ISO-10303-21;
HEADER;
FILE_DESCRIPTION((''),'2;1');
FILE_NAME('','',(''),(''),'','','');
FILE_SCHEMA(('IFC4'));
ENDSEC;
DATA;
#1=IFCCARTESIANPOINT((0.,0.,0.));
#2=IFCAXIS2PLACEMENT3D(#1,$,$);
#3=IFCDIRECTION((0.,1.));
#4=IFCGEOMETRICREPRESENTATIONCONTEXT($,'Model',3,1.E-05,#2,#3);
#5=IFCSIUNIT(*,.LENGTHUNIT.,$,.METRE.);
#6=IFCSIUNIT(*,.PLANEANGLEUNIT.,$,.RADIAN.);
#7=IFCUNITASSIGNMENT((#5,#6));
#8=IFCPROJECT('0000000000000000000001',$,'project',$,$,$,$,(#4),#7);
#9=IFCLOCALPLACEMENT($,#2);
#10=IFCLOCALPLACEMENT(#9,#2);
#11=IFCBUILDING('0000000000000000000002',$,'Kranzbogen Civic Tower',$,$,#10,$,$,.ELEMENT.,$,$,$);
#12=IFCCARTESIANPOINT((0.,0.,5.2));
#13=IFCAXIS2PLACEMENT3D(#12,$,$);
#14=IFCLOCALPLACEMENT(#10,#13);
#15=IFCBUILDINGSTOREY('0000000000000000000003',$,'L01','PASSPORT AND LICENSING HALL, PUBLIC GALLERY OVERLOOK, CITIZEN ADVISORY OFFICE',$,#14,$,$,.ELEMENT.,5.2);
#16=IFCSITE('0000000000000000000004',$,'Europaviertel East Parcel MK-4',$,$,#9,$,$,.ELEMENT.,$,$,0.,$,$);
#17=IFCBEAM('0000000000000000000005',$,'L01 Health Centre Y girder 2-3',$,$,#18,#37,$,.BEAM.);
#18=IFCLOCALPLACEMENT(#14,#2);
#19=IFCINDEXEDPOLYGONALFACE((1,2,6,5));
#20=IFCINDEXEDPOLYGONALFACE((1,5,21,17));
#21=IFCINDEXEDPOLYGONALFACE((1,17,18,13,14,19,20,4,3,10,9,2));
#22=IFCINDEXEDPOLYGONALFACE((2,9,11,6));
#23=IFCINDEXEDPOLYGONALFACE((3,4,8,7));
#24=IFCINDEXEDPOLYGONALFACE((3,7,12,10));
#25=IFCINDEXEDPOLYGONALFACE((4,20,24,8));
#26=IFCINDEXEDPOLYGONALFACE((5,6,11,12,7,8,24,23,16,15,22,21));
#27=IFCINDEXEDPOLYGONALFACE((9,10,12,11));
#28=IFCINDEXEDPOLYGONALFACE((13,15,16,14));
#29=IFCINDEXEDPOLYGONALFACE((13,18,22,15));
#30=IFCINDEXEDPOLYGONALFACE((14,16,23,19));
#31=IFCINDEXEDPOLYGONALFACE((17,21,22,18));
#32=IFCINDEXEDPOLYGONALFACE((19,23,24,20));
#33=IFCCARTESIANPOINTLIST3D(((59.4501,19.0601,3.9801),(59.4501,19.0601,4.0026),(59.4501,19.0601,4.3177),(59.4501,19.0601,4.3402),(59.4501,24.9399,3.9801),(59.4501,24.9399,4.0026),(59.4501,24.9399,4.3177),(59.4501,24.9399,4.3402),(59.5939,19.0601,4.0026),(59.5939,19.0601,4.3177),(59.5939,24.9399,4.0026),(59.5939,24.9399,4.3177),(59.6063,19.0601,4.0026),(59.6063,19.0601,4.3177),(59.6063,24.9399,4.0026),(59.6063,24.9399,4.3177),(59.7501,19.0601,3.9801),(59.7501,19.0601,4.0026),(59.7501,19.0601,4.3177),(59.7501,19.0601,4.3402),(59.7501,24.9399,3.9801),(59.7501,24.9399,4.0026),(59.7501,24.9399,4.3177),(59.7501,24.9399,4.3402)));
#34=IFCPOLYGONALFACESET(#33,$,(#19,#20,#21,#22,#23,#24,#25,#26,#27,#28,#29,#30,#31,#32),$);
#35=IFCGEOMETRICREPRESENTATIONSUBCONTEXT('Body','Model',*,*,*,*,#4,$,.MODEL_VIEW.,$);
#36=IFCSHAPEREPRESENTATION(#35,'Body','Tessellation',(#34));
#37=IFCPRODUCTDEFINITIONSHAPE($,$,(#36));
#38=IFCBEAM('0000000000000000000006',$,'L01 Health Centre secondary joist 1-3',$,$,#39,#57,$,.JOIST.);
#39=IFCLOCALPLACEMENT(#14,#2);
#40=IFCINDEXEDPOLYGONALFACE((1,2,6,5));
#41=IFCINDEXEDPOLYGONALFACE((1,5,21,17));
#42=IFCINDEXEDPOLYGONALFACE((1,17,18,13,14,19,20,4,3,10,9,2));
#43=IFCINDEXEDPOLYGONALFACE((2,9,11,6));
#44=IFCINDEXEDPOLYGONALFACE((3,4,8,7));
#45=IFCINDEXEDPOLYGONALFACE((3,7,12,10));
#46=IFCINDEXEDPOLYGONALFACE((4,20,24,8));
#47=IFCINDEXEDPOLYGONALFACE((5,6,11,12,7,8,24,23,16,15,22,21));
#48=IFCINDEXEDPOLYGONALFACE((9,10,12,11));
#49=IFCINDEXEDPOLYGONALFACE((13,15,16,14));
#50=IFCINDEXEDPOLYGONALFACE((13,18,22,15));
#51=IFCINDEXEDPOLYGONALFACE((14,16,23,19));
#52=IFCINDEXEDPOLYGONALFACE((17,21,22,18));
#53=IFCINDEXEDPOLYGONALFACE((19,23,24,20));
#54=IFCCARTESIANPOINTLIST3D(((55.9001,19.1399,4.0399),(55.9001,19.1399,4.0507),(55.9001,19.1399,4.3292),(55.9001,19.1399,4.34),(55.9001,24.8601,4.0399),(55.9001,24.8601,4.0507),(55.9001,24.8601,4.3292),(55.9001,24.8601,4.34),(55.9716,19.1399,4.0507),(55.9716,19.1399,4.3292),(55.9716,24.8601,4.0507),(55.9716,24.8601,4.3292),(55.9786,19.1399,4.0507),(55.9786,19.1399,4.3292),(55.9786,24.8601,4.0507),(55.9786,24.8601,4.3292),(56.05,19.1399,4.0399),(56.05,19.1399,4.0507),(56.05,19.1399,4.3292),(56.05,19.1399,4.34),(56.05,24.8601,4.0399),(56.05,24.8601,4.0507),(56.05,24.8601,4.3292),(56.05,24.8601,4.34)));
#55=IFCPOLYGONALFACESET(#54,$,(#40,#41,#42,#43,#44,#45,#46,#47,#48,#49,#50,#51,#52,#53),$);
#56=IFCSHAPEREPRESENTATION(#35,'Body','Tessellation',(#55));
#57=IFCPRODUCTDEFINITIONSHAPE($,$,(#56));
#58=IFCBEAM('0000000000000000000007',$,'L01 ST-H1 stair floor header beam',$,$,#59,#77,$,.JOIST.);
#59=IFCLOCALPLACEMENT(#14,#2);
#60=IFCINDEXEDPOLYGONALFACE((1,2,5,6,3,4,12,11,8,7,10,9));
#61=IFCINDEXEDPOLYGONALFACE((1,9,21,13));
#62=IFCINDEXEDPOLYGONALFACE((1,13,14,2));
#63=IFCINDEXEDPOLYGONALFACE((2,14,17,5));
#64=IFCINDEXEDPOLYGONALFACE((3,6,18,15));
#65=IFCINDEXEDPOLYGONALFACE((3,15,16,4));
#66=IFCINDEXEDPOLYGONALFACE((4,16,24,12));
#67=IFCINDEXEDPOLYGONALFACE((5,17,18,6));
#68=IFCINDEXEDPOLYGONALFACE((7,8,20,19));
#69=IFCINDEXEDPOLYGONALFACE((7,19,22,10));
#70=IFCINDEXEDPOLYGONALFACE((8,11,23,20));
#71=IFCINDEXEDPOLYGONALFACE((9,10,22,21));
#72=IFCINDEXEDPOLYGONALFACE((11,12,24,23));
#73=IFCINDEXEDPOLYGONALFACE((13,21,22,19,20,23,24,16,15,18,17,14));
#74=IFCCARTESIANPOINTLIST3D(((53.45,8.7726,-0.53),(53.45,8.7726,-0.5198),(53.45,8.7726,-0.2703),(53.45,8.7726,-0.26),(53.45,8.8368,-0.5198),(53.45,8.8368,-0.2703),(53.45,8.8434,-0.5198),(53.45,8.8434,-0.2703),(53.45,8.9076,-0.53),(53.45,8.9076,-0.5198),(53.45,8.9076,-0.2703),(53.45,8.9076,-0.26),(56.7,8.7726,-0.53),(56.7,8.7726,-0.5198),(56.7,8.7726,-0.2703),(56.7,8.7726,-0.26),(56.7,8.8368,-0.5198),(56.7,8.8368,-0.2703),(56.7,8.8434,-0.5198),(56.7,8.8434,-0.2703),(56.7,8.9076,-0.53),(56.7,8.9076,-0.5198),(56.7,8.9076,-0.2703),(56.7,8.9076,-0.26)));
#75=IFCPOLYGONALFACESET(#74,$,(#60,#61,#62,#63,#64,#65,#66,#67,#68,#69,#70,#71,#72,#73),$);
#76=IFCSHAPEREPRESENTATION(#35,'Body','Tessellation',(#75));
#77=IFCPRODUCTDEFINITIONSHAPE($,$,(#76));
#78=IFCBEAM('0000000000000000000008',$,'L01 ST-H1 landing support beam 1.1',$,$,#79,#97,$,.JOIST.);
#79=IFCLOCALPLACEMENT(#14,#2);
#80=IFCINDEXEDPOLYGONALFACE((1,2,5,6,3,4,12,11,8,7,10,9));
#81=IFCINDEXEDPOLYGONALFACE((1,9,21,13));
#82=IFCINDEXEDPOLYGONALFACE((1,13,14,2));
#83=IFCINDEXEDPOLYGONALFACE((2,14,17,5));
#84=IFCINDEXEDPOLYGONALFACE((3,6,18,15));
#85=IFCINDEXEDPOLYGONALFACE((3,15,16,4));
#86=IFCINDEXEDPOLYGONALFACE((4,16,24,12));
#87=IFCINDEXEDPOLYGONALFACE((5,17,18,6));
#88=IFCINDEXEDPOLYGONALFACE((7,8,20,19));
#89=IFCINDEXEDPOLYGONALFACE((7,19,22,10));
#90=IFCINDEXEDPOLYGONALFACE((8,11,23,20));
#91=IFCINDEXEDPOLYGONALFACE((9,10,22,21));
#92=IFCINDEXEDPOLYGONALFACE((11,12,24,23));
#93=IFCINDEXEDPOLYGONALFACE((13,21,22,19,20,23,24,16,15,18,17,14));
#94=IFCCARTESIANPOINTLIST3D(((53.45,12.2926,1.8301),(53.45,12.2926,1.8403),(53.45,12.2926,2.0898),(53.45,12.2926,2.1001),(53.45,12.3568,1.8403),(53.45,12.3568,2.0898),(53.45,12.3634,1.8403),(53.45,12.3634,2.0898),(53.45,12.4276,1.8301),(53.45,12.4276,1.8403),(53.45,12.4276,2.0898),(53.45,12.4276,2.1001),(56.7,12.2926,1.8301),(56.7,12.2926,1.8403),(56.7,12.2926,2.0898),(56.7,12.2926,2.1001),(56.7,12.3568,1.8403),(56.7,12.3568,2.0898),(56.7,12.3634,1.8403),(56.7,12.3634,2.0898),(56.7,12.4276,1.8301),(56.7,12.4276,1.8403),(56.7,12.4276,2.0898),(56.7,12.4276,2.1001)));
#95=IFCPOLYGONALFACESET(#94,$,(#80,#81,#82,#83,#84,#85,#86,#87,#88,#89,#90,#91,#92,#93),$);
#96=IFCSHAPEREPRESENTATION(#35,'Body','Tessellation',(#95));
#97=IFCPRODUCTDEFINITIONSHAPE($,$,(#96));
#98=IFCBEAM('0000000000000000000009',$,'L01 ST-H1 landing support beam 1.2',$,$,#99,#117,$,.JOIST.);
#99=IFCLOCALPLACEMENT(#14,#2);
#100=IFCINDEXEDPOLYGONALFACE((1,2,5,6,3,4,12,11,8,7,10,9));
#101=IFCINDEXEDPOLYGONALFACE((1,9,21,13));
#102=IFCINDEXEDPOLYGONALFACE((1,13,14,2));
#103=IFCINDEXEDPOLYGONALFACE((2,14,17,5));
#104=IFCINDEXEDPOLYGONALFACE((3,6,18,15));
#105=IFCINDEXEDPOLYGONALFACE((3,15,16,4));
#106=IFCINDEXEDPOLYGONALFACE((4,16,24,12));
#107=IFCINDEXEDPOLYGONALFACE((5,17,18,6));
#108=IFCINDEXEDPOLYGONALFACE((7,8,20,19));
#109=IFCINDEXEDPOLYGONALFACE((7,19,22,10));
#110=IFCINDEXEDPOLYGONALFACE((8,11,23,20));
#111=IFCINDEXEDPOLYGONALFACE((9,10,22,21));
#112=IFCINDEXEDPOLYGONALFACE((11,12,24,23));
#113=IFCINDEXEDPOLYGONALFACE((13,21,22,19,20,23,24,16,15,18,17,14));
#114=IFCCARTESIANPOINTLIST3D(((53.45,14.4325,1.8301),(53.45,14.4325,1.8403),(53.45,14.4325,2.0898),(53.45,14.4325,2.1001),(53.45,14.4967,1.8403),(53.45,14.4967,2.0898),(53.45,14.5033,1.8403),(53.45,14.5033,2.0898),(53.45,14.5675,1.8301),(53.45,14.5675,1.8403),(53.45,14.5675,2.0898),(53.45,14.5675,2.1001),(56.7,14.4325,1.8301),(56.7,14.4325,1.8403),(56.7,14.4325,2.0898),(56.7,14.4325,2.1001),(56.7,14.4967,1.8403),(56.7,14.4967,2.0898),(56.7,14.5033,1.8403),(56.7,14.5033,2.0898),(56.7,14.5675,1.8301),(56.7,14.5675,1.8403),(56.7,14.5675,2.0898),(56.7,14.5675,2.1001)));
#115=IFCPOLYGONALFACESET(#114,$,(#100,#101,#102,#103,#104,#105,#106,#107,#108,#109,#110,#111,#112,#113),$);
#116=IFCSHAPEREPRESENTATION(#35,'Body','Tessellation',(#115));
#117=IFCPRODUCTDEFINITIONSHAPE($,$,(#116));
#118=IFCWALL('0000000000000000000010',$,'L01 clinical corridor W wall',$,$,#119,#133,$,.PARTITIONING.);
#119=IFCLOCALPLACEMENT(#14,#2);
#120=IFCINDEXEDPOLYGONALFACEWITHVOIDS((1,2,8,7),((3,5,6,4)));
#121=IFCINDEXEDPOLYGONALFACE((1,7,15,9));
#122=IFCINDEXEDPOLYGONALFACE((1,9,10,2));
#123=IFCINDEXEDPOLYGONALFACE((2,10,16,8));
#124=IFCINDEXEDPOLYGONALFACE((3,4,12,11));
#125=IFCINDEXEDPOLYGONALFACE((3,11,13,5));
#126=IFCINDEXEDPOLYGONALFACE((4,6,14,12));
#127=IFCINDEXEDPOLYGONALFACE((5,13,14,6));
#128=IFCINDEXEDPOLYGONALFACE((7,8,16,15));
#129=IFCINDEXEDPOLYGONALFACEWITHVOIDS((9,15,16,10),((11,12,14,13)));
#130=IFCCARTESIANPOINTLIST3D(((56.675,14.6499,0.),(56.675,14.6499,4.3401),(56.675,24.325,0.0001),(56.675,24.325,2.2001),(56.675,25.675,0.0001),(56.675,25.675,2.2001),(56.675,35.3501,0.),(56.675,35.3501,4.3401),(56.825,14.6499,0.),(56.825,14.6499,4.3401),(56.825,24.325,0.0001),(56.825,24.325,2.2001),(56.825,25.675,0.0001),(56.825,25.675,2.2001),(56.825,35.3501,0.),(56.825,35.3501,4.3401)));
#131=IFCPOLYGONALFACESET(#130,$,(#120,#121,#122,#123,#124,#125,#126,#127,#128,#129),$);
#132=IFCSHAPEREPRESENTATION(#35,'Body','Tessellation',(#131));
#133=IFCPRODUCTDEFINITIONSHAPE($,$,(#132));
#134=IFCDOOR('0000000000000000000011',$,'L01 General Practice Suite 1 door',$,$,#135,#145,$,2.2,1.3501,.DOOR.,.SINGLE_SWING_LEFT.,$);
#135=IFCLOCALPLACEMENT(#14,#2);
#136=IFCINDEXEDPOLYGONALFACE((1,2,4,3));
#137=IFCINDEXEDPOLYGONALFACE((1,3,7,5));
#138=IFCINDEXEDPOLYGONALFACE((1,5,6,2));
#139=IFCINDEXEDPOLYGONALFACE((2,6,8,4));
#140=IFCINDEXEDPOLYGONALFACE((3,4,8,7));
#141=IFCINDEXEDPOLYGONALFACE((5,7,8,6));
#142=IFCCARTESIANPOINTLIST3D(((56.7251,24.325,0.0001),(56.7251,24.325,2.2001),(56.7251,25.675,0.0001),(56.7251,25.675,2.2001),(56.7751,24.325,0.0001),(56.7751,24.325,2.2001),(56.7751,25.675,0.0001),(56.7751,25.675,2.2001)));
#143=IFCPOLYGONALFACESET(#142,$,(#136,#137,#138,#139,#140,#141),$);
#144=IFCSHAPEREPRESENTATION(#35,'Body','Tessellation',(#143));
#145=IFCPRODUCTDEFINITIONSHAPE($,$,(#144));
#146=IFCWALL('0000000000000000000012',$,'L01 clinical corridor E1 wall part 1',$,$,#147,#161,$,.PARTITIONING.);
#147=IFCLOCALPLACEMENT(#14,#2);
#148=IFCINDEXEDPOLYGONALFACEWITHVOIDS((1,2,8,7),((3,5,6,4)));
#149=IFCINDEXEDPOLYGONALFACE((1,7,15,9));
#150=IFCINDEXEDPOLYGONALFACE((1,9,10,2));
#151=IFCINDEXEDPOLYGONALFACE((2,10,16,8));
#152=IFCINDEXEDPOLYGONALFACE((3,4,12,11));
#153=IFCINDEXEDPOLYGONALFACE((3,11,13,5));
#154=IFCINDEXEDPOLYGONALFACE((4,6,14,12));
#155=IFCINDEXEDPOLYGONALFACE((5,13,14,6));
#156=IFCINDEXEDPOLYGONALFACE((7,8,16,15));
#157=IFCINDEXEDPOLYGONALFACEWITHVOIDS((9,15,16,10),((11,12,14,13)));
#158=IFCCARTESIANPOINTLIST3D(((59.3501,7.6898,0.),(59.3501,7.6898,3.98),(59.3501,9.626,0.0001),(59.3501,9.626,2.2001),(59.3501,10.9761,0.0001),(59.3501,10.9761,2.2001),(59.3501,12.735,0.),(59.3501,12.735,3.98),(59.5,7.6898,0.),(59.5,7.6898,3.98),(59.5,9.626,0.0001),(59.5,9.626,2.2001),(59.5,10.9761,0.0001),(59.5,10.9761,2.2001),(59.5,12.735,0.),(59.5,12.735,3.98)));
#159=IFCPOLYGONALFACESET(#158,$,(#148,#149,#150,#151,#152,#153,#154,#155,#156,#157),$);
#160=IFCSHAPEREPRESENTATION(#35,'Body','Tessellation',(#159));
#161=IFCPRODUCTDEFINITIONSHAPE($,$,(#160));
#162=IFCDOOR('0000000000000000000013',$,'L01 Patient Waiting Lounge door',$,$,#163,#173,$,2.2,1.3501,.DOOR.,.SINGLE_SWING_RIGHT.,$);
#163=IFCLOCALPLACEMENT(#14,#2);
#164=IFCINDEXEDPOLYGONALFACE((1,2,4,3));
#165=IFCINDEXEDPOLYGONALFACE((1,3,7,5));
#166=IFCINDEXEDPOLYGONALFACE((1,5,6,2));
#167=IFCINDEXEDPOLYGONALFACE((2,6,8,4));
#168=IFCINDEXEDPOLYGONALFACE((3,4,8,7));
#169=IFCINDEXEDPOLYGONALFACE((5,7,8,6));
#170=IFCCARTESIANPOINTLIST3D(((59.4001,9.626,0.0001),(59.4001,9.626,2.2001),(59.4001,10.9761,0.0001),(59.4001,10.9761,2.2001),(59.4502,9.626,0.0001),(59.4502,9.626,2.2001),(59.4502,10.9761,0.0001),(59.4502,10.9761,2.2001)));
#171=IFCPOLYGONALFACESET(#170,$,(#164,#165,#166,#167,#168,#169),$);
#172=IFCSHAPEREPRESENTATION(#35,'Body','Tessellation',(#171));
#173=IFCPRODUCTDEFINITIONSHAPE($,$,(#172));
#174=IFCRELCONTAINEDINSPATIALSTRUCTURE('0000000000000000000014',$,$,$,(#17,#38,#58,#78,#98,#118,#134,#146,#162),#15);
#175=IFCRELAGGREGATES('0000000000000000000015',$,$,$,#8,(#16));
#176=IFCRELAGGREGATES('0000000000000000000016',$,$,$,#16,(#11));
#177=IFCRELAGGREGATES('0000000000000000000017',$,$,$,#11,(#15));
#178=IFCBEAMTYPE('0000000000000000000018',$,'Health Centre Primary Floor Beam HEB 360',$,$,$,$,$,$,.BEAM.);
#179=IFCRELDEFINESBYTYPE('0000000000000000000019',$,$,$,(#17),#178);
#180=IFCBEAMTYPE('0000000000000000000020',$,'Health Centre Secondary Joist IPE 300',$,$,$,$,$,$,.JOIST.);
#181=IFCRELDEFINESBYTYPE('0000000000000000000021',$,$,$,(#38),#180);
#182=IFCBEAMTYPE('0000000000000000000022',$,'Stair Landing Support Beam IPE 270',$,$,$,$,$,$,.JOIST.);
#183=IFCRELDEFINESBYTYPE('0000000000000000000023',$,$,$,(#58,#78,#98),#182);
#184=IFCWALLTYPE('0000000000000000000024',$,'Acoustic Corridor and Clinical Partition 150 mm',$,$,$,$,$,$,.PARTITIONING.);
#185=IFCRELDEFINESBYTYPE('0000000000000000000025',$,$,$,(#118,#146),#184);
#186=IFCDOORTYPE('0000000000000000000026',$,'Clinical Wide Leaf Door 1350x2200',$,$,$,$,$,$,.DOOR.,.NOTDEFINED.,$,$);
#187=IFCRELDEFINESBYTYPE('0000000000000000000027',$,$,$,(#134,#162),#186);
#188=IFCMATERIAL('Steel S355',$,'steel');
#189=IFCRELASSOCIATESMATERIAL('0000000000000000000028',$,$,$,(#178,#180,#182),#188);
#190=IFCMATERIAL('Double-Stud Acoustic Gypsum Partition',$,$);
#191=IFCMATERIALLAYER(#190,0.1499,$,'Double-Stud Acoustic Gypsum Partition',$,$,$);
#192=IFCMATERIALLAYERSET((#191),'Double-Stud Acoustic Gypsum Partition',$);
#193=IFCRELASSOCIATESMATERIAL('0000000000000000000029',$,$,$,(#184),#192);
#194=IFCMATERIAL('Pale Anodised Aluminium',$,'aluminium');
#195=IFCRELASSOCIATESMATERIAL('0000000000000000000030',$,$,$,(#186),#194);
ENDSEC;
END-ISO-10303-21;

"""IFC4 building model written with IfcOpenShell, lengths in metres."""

from ifc_helpers import new_model, si_unit, direction, frame, frame_2d, origin, origin_2d, place, context, subcontext, project, spatial, rectangle, i_section, extrude, material, layer, layer_set, material_profile, profile_set, type_object, element, fill, save


model = new_model("IFC4")

# Units and contexts
model_context = context("Model", 3, precision=1e-05, world=origin(), true_north=direction((0.0, 1.0)))
body_context = subcontext(model_context, "Body", "Model", "MODEL_VIEW")
ifc_project = project(units=[si_unit("LENGTHUNIT", "METRE"), si_unit("PLANEANGLEUNIT", "RADIAN")], contexts=[model_context])

# Site, building, storey
site_placement = place(None, origin())
site = spatial("IfcSite", under=ifc_project, at=site_placement, Name="Europaviertel East Parcel MK-4", CompositionType="ELEMENT", RefElevation=0.0)
building_placement = place(site_placement, origin())
building = spatial("IfcBuilding", under=site, at=building_placement, Name="Kranzbogen Civic Tower", CompositionType="ELEMENT")
storey_placement = place(building_placement, frame((0.0, 0.0, 5.2)))
storey = spatial("IfcBuildingStorey", under=building, at=storey_placement, Name="L01", Description="PASSPORT AND LICENSING HALL, PUBLIC GALLERY OVERLOOK, CITIZEN ADVISORY OFFICE", CompositionType="ELEMENT", Elevation=5.2)

# Shared definitions
ifc_material_1 = material(Name="Steel S355", Category="steel")

# Beams
ifc_material_profile_1 = material_profile(ifc_material_1, i_section(OverallWidth=0.3, OverallDepth=0.3601, WebThickness=0.0125, FlangeThickness=0.0225, at=origin_2d()), Name="HEB 360")
ifc_profile_set_1 = profile_set([ifc_material_profile_1], Name="Steel S355")
beam_type_1 = type_object("IfcBeamType", Name="Health Centre Primary Floor Beam HEB 360", PredefinedType="BEAM", material=ifc_profile_set_1)
for number, where, z_axis, x_axis, name in (
    (1, (59.6001, 19.0601, 4.1602), (0.0, 1.0, 0.0), (-1.0, 0.0, 0.0), "L01 Health Centre Y girder 2-3"),
):
    element("IfcBeam", number, at=place(storey_placement, frame(where, z_axis=z_axis, x_axis=x_axis)), inside=storey, type_object=beam_type_1, Name=name, PredefinedType="BEAM", context=body_context, shape_type="SweptSolid", body=[
        extrude(i_section(OverallWidth=0.3, OverallDepth=0.3601, WebThickness=0.0125, FlangeThickness=0.0225, at=origin_2d()), origin(), (0.0, 0.0, 1.0), 5.8799),
    ])
ifc_material_profile_2 = material_profile(ifc_material_1, i_section(OverallWidth=0.1499, OverallDepth=0.3, WebThickness=0.0071, FlangeThickness=0.0107, at=origin_2d()), Name="IPE 300")
ifc_profile_set_2 = profile_set([ifc_material_profile_2], Name="Steel S355")
beam_type_2 = type_object("IfcBeamType", Name="Health Centre Secondary Joist IPE 300", PredefinedType="JOIST", material=ifc_profile_set_2)
beam_1_placement = place(storey_placement, frame((55.9751, 19.1399, 4.1899), z_axis=(0.0, 1.0, 0.0), x_axis=(-1.0, 0.0, 0.0)))
element("IfcBeam", 2, at=beam_1_placement, inside=storey, type_object=beam_type_2, Name="L01 Health Centre secondary joist 1-3", PredefinedType="JOIST", context=body_context, shape_type="SweptSolid", body=[
    extrude(i_section(OverallWidth=0.1499, OverallDepth=0.3, WebThickness=0.0071, FlangeThickness=0.0107, at=origin_2d()), origin(), (0.0, 0.0, 1.0), 5.7202),
])
ifc_material_profile_3 = material_profile(ifc_material_1, i_section(OverallWidth=0.135, OverallDepth=0.27, WebThickness=0.0066, FlangeThickness=0.0103, at=origin_2d()), Name="IPE 270")
ifc_profile_set_3 = profile_set([ifc_material_profile_3], Name="Steel S355")
beam_type_3 = type_object("IfcBeamType", Name="Stair Landing Support Beam IPE 270", PredefinedType="JOIST", material=ifc_profile_set_3)
for number, where, z_axis, x_axis, name in (
    (3, (56.7, 8.8401, -0.395), (-1.0, 0.0, 0.0), (0.0, -1.0, 0.0), "L01 ST-H1 stair floor header beam"),
    (4, (56.7, 12.3601, 1.9651), (-1.0, 0.0, 0.0), (0.0, -1.0, 0.0), "L01 ST-H1 landing support beam 1.1"),
    (5, (56.7, 14.5, 1.9651), (-1.0, 0.0, 0.0), (0.0, -1.0, 0.0), "L01 ST-H1 landing support beam 1.2"),
):
    element("IfcBeam", number, at=place(storey_placement, frame(where, z_axis=z_axis, x_axis=x_axis)), inside=storey, type_object=beam_type_3, Name=name, PredefinedType="JOIST", context=body_context, shape_type="SweptSolid", body=[
        extrude(i_section(OverallWidth=0.135, OverallDepth=0.27, WebThickness=0.0066, FlangeThickness=0.0103, at=origin_2d()), origin(), (0.0, 0.0, 1.0), 3.25),
    ])

# Walls, openings, doors
ifc_material_2 = material(Name="Double-Stud Acoustic Gypsum Partition")
ifc_layer_1 = layer(ifc_material_2, 0.1499, Name="Double-Stud Acoustic Gypsum Partition")
ifc_layer_set_1 = layer_set([ifc_layer_1], Name="Double-Stud Acoustic Gypsum Partition")
wall_type_1 = type_object("IfcWallType", Name="Acoustic Corridor and Clinical Partition 150 mm", PredefinedType="PARTITIONING", material=ifc_layer_set_1)
wall_1_placement = place(storey_placement, frame((56.75, 14.6499, 0.0), z_axis=(0.0, 0.0, 1.0), x_axis=(0.0, 1.0, 0.0)))
wall_1 = element("IfcWall", 6, at=wall_1_placement, inside=storey, type_object=wall_type_1, Name="L01 clinical corridor W wall", PredefinedType="PARTITIONING", context=body_context, shape_type="SweptSolid", body=[
    extrude(rectangle(XDim=20.7002, YDim=0.1499, at=frame_2d((10.3501, 0.0))), origin(), (0.0, 0.0, 1.0), 4.3401),
])
opening_1_placement = place(wall_1_placement, frame((9.675, 0.0, 0.0)))
opening_1 = element("IfcOpeningElement", 7, at=opening_1_placement, cuts=wall_1, PredefinedType="OPENING", context=body_context, shape_type="SweptSolid", body=[
    extrude(rectangle(XDim=1.3501, YDim=2.2, at=frame_2d((0.675, 1.1001))), frame((0.0, 0.085, 0.0), z_axis=(0.0, -1.0, 0.0), x_axis=(1.0, 0.0, 0.0)), (0.0, 0.0, 1.0), 0.1699),
])
ifc_material_3 = material(Name="Pale Anodised Aluminium", Category="aluminium")
door_type_1 = type_object("IfcDoorType", Name="Clinical Wide Leaf Door 1350x2200", OperationType="NOTDEFINED", PredefinedType="DOOR", material=ifc_material_3)
door_1_placement = place(opening_1_placement, origin())
door_1 = element("IfcDoor", 8, at=door_1_placement, inside=storey, type_object=door_type_1, Name="L01 General Practice Suite 1 door", OperationType="SINGLE_SWING_LEFT", OverallHeight=2.2, OverallWidth=1.3501, PredefinedType="DOOR", context=body_context, shape_type="SweptSolid", body=[
    extrude(rectangle(XDim=1.3501, YDim=2.2, at=frame_2d((0.675, 1.1001))), frame((0.0, 0.0249, 0.0), z_axis=(0.0, -1.0, 0.0), x_axis=(1.0, 0.0, 0.0)), (0.0, 0.0, 1.0), 0.05),
])
fill(opening_1, door_1)
wall_2_placement = place(storey_placement, frame((59.425, 7.6899, 0.0), z_axis=(0.0, 0.0, 1.0), x_axis=(0.0, 1.0, 0.0)))
wall_2 = element("IfcWall", 9, at=wall_2_placement, inside=storey, type_object=wall_type_1, Name="L01 clinical corridor E1 wall part 1", PredefinedType="PARTITIONING", context=body_context, shape_type="SweptSolid", body=[
    extrude(rectangle(XDim=5.0452, YDim=0.1499, at=frame_2d((2.5225, 0.0))), origin(), (0.0, 0.0, 1.0), 3.98),
])
opening_2_placement = place(wall_2_placement, frame((1.936, 0.0, 0.0)))
opening_2 = element("IfcOpeningElement", 10, at=opening_2_placement, cuts=wall_2, PredefinedType="OPENING", context=body_context, shape_type="SweptSolid", body=[
    extrude(rectangle(XDim=1.3501, YDim=2.2, at=frame_2d((0.675, 1.1001))), frame((0.0, 0.085, 0.0), z_axis=(0.0, -1.0, 0.0), x_axis=(1.0, 0.0, 0.0)), (0.0, 0.0, 1.0), 0.1699),
])
door_2_placement = place(opening_2_placement, origin())
door_2 = element("IfcDoor", 11, at=door_2_placement, inside=storey, type_object=door_type_1, Name="L01 Patient Waiting Lounge door", OperationType="SINGLE_SWING_RIGHT", OverallHeight=2.2, OverallWidth=1.3501, PredefinedType="DOOR", context=body_context, shape_type="SweptSolid", body=[
    extrude(rectangle(XDim=1.3501, YDim=2.2, at=frame_2d((0.675, 1.1001))), frame((0.0, 0.0249, 0.0), z_axis=(0.0, -1.0, 0.0), x_axis=(1.0, 0.0, 0.0)), (0.0, 0.0, 1.0), 0.05),
])
fill(opening_2, door_2)

save(model, "model.ifc")
